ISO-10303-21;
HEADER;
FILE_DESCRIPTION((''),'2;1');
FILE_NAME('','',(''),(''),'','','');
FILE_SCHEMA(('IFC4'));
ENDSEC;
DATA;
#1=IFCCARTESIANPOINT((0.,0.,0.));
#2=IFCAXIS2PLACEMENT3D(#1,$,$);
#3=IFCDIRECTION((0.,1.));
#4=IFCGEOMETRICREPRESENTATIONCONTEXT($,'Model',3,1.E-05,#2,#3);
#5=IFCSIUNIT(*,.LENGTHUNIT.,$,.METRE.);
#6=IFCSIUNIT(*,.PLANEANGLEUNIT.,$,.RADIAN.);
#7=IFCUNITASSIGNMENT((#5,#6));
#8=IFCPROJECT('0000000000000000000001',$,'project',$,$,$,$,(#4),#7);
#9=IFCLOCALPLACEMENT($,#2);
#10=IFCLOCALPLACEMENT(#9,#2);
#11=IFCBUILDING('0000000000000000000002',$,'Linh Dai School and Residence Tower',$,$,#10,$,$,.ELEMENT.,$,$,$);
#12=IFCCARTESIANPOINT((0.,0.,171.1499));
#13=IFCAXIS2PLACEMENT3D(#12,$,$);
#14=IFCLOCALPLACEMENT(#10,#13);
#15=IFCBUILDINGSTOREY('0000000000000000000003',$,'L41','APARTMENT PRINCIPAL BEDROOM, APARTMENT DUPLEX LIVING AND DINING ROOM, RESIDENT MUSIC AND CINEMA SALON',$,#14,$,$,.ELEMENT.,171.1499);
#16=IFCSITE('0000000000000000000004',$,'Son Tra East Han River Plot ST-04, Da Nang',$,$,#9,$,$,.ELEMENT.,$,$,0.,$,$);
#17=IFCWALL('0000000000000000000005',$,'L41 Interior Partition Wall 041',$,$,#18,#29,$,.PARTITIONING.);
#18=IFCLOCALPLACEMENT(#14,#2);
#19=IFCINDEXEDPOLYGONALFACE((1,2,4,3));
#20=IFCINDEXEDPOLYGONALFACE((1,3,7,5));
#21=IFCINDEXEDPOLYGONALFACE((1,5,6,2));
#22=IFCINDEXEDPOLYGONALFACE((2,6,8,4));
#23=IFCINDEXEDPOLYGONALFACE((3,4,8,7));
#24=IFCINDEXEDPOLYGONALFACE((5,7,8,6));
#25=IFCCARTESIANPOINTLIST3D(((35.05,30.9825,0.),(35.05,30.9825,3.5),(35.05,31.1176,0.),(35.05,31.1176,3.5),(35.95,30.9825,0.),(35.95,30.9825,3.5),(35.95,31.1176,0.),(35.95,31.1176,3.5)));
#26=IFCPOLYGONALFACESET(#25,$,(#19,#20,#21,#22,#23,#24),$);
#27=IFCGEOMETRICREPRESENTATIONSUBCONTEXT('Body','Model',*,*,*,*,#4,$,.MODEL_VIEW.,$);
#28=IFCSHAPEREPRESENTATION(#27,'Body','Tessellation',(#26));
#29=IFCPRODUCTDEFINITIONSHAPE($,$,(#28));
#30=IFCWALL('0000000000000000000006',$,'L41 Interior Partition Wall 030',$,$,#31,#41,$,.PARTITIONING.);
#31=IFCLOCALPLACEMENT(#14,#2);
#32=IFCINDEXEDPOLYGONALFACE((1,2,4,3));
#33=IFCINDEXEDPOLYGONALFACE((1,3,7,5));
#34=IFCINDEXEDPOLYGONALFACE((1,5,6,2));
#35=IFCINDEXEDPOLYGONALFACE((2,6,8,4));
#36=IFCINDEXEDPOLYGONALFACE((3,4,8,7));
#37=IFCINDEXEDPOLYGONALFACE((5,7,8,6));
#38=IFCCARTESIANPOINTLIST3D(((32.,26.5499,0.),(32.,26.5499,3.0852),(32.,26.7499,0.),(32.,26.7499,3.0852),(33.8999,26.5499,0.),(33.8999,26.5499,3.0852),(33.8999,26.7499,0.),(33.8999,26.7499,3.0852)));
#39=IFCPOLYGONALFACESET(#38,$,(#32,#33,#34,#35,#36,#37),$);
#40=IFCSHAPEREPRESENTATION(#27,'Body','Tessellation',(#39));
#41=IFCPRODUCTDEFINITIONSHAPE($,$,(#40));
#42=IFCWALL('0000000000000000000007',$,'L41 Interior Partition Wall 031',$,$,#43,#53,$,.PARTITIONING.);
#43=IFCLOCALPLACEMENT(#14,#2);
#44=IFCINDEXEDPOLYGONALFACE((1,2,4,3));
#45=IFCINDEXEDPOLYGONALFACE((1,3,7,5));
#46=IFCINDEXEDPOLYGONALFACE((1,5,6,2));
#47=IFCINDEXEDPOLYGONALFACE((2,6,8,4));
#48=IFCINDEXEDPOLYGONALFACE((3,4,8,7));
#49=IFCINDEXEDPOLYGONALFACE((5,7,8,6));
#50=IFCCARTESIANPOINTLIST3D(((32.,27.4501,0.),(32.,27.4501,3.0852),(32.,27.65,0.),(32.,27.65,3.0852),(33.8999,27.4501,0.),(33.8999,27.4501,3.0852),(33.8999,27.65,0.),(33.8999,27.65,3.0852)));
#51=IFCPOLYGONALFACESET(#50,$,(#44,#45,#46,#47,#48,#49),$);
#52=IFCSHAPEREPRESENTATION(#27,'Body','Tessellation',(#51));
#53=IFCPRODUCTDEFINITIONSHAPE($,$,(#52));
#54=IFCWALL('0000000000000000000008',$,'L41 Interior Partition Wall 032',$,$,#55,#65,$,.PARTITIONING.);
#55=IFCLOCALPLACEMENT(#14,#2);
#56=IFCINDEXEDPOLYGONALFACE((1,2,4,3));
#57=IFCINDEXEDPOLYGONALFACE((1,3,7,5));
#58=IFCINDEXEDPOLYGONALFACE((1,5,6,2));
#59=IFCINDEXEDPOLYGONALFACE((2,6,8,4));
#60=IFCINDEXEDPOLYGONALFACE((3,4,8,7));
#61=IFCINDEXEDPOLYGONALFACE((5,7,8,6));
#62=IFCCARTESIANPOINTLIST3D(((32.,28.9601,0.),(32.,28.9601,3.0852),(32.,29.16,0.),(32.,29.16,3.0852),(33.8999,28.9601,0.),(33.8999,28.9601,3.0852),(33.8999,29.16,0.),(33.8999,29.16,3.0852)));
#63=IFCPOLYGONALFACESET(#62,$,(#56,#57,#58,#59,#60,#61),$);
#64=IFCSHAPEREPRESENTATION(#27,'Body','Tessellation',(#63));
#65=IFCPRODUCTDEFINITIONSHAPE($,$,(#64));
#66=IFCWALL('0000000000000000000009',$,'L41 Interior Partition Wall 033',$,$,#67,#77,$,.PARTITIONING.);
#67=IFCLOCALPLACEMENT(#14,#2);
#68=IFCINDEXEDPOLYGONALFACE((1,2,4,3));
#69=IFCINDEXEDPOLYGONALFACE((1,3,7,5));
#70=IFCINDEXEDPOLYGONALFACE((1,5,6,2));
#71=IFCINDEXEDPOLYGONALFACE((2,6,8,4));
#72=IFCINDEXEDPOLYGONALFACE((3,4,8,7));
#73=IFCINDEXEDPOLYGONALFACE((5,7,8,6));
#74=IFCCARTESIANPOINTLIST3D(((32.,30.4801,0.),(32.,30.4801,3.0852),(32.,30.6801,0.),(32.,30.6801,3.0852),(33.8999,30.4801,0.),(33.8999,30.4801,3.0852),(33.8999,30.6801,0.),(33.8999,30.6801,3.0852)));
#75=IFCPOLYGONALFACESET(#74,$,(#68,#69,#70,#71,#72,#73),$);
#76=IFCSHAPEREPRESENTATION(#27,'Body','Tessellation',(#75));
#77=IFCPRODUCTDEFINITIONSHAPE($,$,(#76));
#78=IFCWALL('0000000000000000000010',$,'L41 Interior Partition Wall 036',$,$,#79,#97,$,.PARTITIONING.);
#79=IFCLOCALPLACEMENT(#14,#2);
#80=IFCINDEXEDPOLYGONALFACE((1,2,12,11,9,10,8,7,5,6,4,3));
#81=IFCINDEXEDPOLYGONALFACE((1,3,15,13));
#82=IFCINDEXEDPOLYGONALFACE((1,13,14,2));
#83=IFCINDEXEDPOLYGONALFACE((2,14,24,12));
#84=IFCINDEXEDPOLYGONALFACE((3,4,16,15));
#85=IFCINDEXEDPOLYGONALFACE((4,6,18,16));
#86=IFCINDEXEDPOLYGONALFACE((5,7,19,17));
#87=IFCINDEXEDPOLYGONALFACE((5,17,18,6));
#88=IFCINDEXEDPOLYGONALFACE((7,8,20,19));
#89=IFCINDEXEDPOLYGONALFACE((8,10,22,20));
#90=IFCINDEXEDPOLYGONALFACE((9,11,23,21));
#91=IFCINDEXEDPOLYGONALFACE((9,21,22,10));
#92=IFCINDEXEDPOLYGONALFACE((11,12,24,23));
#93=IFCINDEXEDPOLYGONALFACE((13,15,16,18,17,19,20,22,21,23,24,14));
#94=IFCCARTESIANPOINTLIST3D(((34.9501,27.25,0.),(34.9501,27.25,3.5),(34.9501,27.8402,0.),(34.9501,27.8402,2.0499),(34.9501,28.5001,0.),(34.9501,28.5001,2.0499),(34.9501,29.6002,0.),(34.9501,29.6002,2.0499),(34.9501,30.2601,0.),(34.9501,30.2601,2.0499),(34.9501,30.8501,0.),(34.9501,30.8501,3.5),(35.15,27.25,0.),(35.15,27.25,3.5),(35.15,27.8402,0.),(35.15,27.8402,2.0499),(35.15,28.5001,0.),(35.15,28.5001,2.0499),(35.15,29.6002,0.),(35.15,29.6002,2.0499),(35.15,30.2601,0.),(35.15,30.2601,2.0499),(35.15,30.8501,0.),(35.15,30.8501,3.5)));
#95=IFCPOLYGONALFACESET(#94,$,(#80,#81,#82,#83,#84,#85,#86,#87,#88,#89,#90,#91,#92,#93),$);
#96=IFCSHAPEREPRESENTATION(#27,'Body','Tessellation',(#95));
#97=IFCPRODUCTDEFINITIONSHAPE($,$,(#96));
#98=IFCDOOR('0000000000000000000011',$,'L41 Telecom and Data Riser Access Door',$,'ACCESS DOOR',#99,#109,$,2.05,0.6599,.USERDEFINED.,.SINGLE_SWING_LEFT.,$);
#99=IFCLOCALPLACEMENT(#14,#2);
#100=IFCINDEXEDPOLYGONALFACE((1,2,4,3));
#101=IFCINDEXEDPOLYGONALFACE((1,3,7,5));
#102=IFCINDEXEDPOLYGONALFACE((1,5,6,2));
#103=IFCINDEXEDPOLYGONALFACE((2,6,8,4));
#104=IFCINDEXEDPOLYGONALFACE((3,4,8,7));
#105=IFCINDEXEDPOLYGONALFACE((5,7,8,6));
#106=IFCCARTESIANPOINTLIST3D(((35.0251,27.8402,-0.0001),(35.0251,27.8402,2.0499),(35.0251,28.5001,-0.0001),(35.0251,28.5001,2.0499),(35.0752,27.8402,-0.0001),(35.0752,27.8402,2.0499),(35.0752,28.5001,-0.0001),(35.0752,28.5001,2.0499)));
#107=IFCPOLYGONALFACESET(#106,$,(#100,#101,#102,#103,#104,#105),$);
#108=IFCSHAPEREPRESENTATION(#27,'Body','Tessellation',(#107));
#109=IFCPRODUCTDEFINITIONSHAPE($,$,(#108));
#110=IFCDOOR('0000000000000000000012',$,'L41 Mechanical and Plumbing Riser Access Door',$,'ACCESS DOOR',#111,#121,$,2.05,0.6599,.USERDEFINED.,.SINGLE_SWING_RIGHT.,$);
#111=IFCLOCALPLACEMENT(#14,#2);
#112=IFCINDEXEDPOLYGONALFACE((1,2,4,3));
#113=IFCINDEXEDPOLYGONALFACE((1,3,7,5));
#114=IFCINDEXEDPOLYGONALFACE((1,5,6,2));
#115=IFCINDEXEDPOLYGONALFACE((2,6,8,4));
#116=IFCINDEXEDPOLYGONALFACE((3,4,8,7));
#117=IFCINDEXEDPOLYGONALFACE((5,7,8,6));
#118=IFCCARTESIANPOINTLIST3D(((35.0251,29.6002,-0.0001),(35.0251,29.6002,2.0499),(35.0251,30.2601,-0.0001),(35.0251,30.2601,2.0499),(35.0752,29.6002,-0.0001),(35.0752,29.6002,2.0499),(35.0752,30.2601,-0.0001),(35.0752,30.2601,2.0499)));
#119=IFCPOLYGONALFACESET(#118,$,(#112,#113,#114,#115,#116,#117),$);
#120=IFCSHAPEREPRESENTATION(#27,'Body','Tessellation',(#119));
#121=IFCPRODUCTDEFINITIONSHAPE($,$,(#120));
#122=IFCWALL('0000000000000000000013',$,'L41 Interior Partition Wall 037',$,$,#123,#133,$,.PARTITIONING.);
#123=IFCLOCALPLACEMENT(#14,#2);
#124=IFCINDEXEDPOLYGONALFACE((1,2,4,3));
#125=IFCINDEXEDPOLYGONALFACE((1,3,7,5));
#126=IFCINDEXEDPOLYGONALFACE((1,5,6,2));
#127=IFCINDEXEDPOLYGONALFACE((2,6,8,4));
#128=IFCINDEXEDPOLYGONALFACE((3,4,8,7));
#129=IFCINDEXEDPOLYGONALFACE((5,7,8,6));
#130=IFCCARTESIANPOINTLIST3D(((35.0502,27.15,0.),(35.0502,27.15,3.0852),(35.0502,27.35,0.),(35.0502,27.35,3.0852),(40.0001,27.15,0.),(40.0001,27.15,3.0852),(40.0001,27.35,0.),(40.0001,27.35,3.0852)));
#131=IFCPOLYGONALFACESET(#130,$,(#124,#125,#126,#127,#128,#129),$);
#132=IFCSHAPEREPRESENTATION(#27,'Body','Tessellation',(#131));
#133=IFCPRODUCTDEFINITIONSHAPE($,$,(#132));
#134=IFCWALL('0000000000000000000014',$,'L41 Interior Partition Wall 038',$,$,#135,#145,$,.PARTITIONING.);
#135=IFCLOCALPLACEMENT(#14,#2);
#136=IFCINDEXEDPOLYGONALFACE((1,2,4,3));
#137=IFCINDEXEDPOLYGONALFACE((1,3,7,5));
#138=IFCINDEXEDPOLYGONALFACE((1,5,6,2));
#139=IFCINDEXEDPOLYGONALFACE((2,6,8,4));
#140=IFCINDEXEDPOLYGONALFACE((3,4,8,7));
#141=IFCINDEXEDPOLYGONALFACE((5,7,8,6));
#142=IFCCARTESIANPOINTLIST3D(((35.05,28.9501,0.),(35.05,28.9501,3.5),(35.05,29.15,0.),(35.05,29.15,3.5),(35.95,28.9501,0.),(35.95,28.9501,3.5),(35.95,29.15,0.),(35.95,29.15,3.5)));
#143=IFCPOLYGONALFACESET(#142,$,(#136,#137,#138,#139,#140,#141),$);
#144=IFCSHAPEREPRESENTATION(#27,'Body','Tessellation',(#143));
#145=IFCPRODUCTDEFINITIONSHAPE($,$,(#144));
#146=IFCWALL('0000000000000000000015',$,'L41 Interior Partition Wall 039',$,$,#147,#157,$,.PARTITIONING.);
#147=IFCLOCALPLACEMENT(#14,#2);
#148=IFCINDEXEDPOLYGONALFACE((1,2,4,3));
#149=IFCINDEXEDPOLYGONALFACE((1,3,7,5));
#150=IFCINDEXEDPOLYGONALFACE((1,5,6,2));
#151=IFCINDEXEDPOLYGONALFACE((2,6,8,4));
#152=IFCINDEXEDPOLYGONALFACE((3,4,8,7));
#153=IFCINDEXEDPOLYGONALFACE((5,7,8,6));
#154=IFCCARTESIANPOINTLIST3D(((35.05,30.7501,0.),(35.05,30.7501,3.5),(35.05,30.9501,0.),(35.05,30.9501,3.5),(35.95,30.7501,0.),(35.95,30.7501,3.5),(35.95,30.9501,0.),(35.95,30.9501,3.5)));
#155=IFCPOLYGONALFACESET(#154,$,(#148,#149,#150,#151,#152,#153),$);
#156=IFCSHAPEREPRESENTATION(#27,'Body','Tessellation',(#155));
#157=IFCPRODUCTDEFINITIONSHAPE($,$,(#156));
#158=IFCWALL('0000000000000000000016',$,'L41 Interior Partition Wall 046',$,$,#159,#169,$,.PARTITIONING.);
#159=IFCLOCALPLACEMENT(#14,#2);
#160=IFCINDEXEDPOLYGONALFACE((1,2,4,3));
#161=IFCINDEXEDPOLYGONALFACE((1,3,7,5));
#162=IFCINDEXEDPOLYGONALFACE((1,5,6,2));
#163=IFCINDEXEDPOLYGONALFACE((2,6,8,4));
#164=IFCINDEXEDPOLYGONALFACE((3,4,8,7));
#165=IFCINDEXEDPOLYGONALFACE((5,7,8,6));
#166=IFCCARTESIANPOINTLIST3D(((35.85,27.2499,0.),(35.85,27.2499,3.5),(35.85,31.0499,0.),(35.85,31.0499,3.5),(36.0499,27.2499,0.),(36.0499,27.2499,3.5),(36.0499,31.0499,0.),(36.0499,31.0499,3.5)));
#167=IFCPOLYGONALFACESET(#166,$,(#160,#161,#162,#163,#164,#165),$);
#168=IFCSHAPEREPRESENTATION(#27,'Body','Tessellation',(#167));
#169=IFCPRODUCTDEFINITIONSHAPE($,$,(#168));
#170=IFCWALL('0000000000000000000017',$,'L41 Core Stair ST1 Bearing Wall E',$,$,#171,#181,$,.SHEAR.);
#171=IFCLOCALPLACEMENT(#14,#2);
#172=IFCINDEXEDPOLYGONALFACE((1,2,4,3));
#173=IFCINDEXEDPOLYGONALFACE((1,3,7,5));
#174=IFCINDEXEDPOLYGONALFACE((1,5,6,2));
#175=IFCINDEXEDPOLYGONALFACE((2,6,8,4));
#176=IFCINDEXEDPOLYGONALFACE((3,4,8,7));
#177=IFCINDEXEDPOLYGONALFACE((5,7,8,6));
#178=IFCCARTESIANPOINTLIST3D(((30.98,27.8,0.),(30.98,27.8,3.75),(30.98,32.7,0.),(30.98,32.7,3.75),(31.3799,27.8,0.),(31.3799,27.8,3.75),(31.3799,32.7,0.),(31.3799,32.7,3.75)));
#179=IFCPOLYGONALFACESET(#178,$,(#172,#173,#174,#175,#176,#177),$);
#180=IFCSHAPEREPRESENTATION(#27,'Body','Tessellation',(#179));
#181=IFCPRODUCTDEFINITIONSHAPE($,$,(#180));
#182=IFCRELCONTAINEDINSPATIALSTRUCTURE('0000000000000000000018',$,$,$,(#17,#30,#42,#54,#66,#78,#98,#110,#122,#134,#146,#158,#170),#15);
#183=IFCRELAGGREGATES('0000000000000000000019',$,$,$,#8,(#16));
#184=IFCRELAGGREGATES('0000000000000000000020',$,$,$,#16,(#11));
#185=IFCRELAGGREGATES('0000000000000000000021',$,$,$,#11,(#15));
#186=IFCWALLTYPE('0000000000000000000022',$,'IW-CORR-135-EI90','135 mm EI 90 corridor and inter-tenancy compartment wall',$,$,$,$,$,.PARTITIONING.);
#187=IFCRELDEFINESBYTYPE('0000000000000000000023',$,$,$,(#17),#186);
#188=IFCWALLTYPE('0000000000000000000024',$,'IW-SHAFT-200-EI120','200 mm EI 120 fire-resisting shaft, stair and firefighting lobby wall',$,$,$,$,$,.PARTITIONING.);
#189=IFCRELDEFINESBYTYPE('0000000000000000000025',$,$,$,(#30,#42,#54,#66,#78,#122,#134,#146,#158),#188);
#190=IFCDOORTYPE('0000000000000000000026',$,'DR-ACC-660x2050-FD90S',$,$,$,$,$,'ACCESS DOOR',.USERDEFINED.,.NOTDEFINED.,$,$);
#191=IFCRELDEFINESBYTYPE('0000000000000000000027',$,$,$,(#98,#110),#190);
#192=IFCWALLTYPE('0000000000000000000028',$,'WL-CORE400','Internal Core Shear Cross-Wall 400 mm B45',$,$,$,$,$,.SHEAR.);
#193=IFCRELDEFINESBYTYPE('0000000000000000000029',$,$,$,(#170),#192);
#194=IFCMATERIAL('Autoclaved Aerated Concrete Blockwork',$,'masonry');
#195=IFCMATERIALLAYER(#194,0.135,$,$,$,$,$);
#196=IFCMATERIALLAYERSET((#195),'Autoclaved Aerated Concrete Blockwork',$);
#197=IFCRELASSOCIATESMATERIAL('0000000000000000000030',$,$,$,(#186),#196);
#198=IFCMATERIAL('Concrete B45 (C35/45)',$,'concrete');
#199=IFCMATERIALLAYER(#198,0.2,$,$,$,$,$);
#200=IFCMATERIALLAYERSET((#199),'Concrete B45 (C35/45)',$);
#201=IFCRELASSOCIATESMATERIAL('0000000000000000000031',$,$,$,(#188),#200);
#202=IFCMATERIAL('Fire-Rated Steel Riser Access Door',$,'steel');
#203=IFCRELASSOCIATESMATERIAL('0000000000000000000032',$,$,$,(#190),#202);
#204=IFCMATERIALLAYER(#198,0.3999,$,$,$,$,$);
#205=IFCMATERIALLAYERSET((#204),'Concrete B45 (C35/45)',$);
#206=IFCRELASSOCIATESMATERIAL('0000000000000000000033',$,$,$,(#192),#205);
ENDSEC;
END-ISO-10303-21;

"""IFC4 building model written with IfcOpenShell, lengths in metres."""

from ifc_helpers import new_model, si_unit, direction, frame, frame_2d, origin, origin_2d, place, context, subcontext, project, spatial, rectangle, extrude, source, transform, mapped, material, layer, layer_set, type_object, element, fill, save


model = new_model("IFC4")

# Units and contexts
model_context = context("Model", 3, precision=1e-05, world=origin(), true_north=direction((0.0, 1.0)))
body_context = subcontext(model_context, "Body", "Model", "MODEL_VIEW")
ifc_project = project(units=[si_unit("LENGTHUNIT", "METRE"), si_unit("PLANEANGLEUNIT", "RADIAN")], contexts=[model_context])

# Site, building, storey
site_placement = place(None, origin())
site = spatial("IfcSite", under=ifc_project, at=site_placement, Name="Son Tra East Han River Plot ST-04, Da Nang", CompositionType="ELEMENT", RefElevation=0.0)
building_placement = place(site_placement, origin())
building = spatial("IfcBuilding", under=site, at=building_placement, Name="Linh Dai School and Residence Tower", CompositionType="ELEMENT")
storey_placement = place(building_placement, frame((0.0, 0.0, 171.1499)))
storey = spatial("IfcBuildingStorey", under=building, at=storey_placement, Name="L41", Description="APARTMENT PRINCIPAL BEDROOM, APARTMENT DUPLEX LIVING AND DINING ROOM, RESIDENT MUSIC AND CINEMA SALON", CompositionType="ELEMENT", Elevation=171.1499)

# Shared definitions
ifc_material_1 = material(Name="Autoclaved Aerated Concrete Blockwork", Category="masonry")
ifc_layer_1 = layer(ifc_material_1, 0.135)
ifc_layer_set_1 = layer_set([ifc_layer_1], Name="Autoclaved Aerated Concrete Blockwork")
wall_type_1 = type_object("IfcWallType", Name="IW-CORR-135-EI90", Description="135 mm EI 90 corridor and inter-tenancy compartment wall", PredefinedType="PARTITIONING", material=ifc_layer_set_1)

# Walls
wall_1_placement = place(storey_placement, frame((35.05, 31.05, 0.0), z_axis=(0.0, 0.0, 1.0), x_axis=(1.0, 0.0, 0.0)))
element("IfcWall", 1, at=wall_1_placement, inside=storey, type_object=wall_type_1, Name="L41 Interior Partition Wall 041", PredefinedType="PARTITIONING", context=body_context, shape_type="SweptSolid", body=[
    extrude(rectangle(XDim=0.8999, YDim=0.135, at=frame_2d((0.45, 0.0))), origin(), (0.0, 0.0, 1.0), 3.5),
])
ifc_material_2 = material(Name="Concrete B45 (C35/45)", Category="concrete")
ifc_layer_2 = layer(ifc_material_2, 0.2)
ifc_layer_set_2 = layer_set([ifc_layer_2], Name="Concrete B45 (C35/45)")
wall_type_2 = type_object("IfcWallType", Name="IW-SHAFT-200-EI120", Description="200 mm EI 120 fire-resisting shaft, stair and firefighting lobby wall", PredefinedType="PARTITIONING", material=ifc_layer_set_2)
for number, where, z_axis, x_axis, name in (
    (2, (32.0, 26.6499, 0.0), (0.0, 0.0, 1.0), (1.0, 0.0, 0.0), "L41 Interior Partition Wall 030"),
    (3, (32.0, 27.55, 0.0), (0.0, 0.0, 1.0), (1.0, 0.0, 0.0), "L41 Interior Partition Wall 031"),
    (4, (32.0, 29.0601, 0.0), (0.0, 0.0, 1.0), (1.0, 0.0, 0.0), "L41 Interior Partition Wall 032"),
    (5, (32.0, 30.5801, 0.0), (0.0, 0.0, 1.0), (1.0, 0.0, 0.0), "L41 Interior Partition Wall 033"),
):
    element("IfcWall", number, at=place(storey_placement, frame(where, z_axis=z_axis, x_axis=x_axis)), inside=storey, type_object=wall_type_2, Name=name, PredefinedType="PARTITIONING", context=body_context, shape_type="SweptSolid", body=[
        extrude(rectangle(XDim=1.8999, YDim=0.2, at=frame_2d((0.95, 0.0))), origin(), (0.0, 0.0, 1.0), 3.0852),
    ])

# Wall, openings, doors
wall_2_placement = place(storey_placement, frame((35.05, 27.25, 0.0), z_axis=(0.0, 0.0, 1.0), x_axis=(0.0, 1.0, 0.0)))
wall_2 = element("IfcWall", 6, at=wall_2_placement, inside=storey, type_object=wall_type_2, Name="L41 Interior Partition Wall 036", PredefinedType="PARTITIONING", context=body_context, shape_type="SweptSolid", body=[
    extrude(rectangle(XDim=3.6001, YDim=0.2, at=frame_2d((1.8, 0.0))), origin(), (0.0, 0.0, 1.0), 3.5),
])
opening_1_placement = place(wall_2_placement, frame((0.5901, 0.0, 0.0)))
opening_1 = element("IfcOpeningElement", 7, at=opening_1_placement, cuts=wall_2, PredefinedType="OPENING", context=body_context, shape_type="SweptSolid", body=[
    extrude(rectangle(XDim=0.6599, YDim=2.05, at=origin_2d()), frame((0.3301, 0.1099, 1.0249), z_axis=(0.0, -1.0, 0.0), x_axis=(1.0, 0.0, 0.0)), (0.0, 0.0, 1.0), 0.22),
])
opening_2_placement = place(wall_2_placement, frame((2.3501, 0.0, 0.0)))
opening_2 = element("IfcOpeningElement", 8, at=opening_2_placement, cuts=wall_2, PredefinedType="OPENING", context=body_context, shape_type="SweptSolid", body=[
    extrude(rectangle(XDim=0.6599, YDim=2.05, at=origin_2d()), frame((0.3301, 0.1099, 1.0249), z_axis=(0.0, -1.0, 0.0), x_axis=(1.0, 0.0, 0.0)), (0.0, 0.0, 1.0), 0.22),
])
ifc_material_3 = material(Name="Fire-Rated Steel Riser Access Door", Category="steel")
door_type_1 = type_object("IfcDoorType", Name="DR-ACC-660x2050-FD90S", ElementType="ACCESS DOOR", OperationType="NOTDEFINED", PredefinedType="USERDEFINED", material=ifc_material_3)
shared_shape_1 = source(origin(), body_context, "Body", "SweptSolid", [
    extrude(rectangle(XDim=0.6599, YDim=2.05, at=origin_2d()), frame((0.3301, 0.0249, 1.0249), z_axis=(0.0, -1.0, 0.0), x_axis=(1.0, 0.0, 0.0)), (0.0, 0.0, 1.0), 0.05),
])
door_1_placement = place(opening_1_placement, origin())
door_1 = element("IfcDoor", 9, at=door_1_placement, inside=storey, type_object=door_type_1, Name="L41 Telecom and Data Riser Access Door", ObjectType="ACCESS DOOR", OperationType="SINGLE_SWING_LEFT", OverallHeight=2.05, OverallWidth=0.6599, PredefinedType="USERDEFINED", context=body_context, shape_type="MappedRepresentation", body=[
    mapped(shared_shape_1, transform((0.0, 0.0, 0.0), x_axis=(1.0, 0.0, 0.0), y_axis=(0.0, 1.0, 0.0), z_axis=(0.0, 0.0, 1.0), scale=1.0)),
])
fill(opening_1, door_1)
door_2_placement = place(opening_2_placement, origin())
door_2 = element("IfcDoor", 10, at=door_2_placement, inside=storey, type_object=door_type_1, Name="L41 Mechanical and Plumbing Riser Access Door", ObjectType="ACCESS DOOR", OperationType="SINGLE_SWING_RIGHT", OverallHeight=2.05, OverallWidth=0.6599, PredefinedType="USERDEFINED", context=body_context, shape_type="MappedRepresentation", body=[
    mapped(shared_shape_1, transform((0.0, 0.0, 0.0), x_axis=(1.0, 0.0, 0.0), y_axis=(0.0, 1.0, 0.0), z_axis=(0.0, 0.0, 1.0), scale=1.0)),
])
fill(opening_2, door_2)

# Walls
wall_3_placement = place(storey_placement, frame((35.05, 27.25, 0.0), z_axis=(0.0, 0.0, 1.0), x_axis=(1.0, 0.0, 0.0)))
element("IfcWall", 11, at=wall_3_placement, inside=storey, type_object=wall_type_2, Name="L41 Interior Partition Wall 037", PredefinedType="PARTITIONING", context=body_context, shape_type="SweptSolid", body=[
    extrude(rectangle(XDim=4.95, YDim=0.2, at=frame_2d((2.4751, 0.0))), origin(), (0.0, 0.0, 1.0), 3.0852),
])
for number, where, z_axis, x_axis, name in (
    (12, (35.05, 29.05, 0.0), (0.0, 0.0, 1.0), (1.0, 0.0, 0.0), "L41 Interior Partition Wall 038"),
    (13, (35.05, 30.8501, 0.0), (0.0, 0.0, 1.0), (1.0, 0.0, 0.0), "L41 Interior Partition Wall 039"),
):
    element("IfcWall", number, at=place(storey_placement, frame(where, z_axis=z_axis, x_axis=x_axis)), inside=storey, type_object=wall_type_2, Name=name, PredefinedType="PARTITIONING", context=body_context, shape_type="SweptSolid", body=[
        extrude(rectangle(XDim=0.8999, YDim=0.2, at=frame_2d((0.45, 0.0))), origin(), (0.0, 0.0, 1.0), 3.5),
    ])
wall_4_placement = place(storey_placement, frame((35.95, 27.25, 0.0), z_axis=(0.0, 0.0, 1.0), x_axis=(0.0, 1.0, 0.0)))
element("IfcWall", 14, at=wall_4_placement, inside=storey, type_object=wall_type_2, Name="L41 Interior Partition Wall 046", PredefinedType="PARTITIONING", context=body_context, shape_type="SweptSolid", body=[
    extrude(rectangle(XDim=3.8, YDim=0.2, at=frame_2d((1.8999, 0.0))), origin(), (0.0, 0.0, 1.0), 3.5),
])

# Wall
ifc_layer_3 = layer(ifc_material_2, 0.3999)
ifc_layer_set_3 = layer_set([ifc_layer_3], Name="Concrete B45 (C35/45)")
wall_type_3 = type_object("IfcWallType", Name="WL-CORE400", Description="Internal Core Shear Cross-Wall 400 mm B45", PredefinedType="SHEAR", material=ifc_layer_set_3)
wall_5_placement = place(storey_placement, frame((31.1799, 27.8, 0.0), z_axis=(0.0, 0.0, 1.0), x_axis=(0.0, 1.0, 0.0)))
element("IfcWall", 15, at=wall_5_placement, inside=storey, type_object=wall_type_3, Name="L41 Core Stair ST1 Bearing Wall E", PredefinedType="SHEAR", context=body_context, shape_type="SweptSolid", body=[
    extrude(rectangle(XDim=4.8999, YDim=0.3999, at=frame_2d((2.45, 0.0))), origin(), (0.0, 0.0, 1.0), 3.75),
])

save(model, "model.ifc")
